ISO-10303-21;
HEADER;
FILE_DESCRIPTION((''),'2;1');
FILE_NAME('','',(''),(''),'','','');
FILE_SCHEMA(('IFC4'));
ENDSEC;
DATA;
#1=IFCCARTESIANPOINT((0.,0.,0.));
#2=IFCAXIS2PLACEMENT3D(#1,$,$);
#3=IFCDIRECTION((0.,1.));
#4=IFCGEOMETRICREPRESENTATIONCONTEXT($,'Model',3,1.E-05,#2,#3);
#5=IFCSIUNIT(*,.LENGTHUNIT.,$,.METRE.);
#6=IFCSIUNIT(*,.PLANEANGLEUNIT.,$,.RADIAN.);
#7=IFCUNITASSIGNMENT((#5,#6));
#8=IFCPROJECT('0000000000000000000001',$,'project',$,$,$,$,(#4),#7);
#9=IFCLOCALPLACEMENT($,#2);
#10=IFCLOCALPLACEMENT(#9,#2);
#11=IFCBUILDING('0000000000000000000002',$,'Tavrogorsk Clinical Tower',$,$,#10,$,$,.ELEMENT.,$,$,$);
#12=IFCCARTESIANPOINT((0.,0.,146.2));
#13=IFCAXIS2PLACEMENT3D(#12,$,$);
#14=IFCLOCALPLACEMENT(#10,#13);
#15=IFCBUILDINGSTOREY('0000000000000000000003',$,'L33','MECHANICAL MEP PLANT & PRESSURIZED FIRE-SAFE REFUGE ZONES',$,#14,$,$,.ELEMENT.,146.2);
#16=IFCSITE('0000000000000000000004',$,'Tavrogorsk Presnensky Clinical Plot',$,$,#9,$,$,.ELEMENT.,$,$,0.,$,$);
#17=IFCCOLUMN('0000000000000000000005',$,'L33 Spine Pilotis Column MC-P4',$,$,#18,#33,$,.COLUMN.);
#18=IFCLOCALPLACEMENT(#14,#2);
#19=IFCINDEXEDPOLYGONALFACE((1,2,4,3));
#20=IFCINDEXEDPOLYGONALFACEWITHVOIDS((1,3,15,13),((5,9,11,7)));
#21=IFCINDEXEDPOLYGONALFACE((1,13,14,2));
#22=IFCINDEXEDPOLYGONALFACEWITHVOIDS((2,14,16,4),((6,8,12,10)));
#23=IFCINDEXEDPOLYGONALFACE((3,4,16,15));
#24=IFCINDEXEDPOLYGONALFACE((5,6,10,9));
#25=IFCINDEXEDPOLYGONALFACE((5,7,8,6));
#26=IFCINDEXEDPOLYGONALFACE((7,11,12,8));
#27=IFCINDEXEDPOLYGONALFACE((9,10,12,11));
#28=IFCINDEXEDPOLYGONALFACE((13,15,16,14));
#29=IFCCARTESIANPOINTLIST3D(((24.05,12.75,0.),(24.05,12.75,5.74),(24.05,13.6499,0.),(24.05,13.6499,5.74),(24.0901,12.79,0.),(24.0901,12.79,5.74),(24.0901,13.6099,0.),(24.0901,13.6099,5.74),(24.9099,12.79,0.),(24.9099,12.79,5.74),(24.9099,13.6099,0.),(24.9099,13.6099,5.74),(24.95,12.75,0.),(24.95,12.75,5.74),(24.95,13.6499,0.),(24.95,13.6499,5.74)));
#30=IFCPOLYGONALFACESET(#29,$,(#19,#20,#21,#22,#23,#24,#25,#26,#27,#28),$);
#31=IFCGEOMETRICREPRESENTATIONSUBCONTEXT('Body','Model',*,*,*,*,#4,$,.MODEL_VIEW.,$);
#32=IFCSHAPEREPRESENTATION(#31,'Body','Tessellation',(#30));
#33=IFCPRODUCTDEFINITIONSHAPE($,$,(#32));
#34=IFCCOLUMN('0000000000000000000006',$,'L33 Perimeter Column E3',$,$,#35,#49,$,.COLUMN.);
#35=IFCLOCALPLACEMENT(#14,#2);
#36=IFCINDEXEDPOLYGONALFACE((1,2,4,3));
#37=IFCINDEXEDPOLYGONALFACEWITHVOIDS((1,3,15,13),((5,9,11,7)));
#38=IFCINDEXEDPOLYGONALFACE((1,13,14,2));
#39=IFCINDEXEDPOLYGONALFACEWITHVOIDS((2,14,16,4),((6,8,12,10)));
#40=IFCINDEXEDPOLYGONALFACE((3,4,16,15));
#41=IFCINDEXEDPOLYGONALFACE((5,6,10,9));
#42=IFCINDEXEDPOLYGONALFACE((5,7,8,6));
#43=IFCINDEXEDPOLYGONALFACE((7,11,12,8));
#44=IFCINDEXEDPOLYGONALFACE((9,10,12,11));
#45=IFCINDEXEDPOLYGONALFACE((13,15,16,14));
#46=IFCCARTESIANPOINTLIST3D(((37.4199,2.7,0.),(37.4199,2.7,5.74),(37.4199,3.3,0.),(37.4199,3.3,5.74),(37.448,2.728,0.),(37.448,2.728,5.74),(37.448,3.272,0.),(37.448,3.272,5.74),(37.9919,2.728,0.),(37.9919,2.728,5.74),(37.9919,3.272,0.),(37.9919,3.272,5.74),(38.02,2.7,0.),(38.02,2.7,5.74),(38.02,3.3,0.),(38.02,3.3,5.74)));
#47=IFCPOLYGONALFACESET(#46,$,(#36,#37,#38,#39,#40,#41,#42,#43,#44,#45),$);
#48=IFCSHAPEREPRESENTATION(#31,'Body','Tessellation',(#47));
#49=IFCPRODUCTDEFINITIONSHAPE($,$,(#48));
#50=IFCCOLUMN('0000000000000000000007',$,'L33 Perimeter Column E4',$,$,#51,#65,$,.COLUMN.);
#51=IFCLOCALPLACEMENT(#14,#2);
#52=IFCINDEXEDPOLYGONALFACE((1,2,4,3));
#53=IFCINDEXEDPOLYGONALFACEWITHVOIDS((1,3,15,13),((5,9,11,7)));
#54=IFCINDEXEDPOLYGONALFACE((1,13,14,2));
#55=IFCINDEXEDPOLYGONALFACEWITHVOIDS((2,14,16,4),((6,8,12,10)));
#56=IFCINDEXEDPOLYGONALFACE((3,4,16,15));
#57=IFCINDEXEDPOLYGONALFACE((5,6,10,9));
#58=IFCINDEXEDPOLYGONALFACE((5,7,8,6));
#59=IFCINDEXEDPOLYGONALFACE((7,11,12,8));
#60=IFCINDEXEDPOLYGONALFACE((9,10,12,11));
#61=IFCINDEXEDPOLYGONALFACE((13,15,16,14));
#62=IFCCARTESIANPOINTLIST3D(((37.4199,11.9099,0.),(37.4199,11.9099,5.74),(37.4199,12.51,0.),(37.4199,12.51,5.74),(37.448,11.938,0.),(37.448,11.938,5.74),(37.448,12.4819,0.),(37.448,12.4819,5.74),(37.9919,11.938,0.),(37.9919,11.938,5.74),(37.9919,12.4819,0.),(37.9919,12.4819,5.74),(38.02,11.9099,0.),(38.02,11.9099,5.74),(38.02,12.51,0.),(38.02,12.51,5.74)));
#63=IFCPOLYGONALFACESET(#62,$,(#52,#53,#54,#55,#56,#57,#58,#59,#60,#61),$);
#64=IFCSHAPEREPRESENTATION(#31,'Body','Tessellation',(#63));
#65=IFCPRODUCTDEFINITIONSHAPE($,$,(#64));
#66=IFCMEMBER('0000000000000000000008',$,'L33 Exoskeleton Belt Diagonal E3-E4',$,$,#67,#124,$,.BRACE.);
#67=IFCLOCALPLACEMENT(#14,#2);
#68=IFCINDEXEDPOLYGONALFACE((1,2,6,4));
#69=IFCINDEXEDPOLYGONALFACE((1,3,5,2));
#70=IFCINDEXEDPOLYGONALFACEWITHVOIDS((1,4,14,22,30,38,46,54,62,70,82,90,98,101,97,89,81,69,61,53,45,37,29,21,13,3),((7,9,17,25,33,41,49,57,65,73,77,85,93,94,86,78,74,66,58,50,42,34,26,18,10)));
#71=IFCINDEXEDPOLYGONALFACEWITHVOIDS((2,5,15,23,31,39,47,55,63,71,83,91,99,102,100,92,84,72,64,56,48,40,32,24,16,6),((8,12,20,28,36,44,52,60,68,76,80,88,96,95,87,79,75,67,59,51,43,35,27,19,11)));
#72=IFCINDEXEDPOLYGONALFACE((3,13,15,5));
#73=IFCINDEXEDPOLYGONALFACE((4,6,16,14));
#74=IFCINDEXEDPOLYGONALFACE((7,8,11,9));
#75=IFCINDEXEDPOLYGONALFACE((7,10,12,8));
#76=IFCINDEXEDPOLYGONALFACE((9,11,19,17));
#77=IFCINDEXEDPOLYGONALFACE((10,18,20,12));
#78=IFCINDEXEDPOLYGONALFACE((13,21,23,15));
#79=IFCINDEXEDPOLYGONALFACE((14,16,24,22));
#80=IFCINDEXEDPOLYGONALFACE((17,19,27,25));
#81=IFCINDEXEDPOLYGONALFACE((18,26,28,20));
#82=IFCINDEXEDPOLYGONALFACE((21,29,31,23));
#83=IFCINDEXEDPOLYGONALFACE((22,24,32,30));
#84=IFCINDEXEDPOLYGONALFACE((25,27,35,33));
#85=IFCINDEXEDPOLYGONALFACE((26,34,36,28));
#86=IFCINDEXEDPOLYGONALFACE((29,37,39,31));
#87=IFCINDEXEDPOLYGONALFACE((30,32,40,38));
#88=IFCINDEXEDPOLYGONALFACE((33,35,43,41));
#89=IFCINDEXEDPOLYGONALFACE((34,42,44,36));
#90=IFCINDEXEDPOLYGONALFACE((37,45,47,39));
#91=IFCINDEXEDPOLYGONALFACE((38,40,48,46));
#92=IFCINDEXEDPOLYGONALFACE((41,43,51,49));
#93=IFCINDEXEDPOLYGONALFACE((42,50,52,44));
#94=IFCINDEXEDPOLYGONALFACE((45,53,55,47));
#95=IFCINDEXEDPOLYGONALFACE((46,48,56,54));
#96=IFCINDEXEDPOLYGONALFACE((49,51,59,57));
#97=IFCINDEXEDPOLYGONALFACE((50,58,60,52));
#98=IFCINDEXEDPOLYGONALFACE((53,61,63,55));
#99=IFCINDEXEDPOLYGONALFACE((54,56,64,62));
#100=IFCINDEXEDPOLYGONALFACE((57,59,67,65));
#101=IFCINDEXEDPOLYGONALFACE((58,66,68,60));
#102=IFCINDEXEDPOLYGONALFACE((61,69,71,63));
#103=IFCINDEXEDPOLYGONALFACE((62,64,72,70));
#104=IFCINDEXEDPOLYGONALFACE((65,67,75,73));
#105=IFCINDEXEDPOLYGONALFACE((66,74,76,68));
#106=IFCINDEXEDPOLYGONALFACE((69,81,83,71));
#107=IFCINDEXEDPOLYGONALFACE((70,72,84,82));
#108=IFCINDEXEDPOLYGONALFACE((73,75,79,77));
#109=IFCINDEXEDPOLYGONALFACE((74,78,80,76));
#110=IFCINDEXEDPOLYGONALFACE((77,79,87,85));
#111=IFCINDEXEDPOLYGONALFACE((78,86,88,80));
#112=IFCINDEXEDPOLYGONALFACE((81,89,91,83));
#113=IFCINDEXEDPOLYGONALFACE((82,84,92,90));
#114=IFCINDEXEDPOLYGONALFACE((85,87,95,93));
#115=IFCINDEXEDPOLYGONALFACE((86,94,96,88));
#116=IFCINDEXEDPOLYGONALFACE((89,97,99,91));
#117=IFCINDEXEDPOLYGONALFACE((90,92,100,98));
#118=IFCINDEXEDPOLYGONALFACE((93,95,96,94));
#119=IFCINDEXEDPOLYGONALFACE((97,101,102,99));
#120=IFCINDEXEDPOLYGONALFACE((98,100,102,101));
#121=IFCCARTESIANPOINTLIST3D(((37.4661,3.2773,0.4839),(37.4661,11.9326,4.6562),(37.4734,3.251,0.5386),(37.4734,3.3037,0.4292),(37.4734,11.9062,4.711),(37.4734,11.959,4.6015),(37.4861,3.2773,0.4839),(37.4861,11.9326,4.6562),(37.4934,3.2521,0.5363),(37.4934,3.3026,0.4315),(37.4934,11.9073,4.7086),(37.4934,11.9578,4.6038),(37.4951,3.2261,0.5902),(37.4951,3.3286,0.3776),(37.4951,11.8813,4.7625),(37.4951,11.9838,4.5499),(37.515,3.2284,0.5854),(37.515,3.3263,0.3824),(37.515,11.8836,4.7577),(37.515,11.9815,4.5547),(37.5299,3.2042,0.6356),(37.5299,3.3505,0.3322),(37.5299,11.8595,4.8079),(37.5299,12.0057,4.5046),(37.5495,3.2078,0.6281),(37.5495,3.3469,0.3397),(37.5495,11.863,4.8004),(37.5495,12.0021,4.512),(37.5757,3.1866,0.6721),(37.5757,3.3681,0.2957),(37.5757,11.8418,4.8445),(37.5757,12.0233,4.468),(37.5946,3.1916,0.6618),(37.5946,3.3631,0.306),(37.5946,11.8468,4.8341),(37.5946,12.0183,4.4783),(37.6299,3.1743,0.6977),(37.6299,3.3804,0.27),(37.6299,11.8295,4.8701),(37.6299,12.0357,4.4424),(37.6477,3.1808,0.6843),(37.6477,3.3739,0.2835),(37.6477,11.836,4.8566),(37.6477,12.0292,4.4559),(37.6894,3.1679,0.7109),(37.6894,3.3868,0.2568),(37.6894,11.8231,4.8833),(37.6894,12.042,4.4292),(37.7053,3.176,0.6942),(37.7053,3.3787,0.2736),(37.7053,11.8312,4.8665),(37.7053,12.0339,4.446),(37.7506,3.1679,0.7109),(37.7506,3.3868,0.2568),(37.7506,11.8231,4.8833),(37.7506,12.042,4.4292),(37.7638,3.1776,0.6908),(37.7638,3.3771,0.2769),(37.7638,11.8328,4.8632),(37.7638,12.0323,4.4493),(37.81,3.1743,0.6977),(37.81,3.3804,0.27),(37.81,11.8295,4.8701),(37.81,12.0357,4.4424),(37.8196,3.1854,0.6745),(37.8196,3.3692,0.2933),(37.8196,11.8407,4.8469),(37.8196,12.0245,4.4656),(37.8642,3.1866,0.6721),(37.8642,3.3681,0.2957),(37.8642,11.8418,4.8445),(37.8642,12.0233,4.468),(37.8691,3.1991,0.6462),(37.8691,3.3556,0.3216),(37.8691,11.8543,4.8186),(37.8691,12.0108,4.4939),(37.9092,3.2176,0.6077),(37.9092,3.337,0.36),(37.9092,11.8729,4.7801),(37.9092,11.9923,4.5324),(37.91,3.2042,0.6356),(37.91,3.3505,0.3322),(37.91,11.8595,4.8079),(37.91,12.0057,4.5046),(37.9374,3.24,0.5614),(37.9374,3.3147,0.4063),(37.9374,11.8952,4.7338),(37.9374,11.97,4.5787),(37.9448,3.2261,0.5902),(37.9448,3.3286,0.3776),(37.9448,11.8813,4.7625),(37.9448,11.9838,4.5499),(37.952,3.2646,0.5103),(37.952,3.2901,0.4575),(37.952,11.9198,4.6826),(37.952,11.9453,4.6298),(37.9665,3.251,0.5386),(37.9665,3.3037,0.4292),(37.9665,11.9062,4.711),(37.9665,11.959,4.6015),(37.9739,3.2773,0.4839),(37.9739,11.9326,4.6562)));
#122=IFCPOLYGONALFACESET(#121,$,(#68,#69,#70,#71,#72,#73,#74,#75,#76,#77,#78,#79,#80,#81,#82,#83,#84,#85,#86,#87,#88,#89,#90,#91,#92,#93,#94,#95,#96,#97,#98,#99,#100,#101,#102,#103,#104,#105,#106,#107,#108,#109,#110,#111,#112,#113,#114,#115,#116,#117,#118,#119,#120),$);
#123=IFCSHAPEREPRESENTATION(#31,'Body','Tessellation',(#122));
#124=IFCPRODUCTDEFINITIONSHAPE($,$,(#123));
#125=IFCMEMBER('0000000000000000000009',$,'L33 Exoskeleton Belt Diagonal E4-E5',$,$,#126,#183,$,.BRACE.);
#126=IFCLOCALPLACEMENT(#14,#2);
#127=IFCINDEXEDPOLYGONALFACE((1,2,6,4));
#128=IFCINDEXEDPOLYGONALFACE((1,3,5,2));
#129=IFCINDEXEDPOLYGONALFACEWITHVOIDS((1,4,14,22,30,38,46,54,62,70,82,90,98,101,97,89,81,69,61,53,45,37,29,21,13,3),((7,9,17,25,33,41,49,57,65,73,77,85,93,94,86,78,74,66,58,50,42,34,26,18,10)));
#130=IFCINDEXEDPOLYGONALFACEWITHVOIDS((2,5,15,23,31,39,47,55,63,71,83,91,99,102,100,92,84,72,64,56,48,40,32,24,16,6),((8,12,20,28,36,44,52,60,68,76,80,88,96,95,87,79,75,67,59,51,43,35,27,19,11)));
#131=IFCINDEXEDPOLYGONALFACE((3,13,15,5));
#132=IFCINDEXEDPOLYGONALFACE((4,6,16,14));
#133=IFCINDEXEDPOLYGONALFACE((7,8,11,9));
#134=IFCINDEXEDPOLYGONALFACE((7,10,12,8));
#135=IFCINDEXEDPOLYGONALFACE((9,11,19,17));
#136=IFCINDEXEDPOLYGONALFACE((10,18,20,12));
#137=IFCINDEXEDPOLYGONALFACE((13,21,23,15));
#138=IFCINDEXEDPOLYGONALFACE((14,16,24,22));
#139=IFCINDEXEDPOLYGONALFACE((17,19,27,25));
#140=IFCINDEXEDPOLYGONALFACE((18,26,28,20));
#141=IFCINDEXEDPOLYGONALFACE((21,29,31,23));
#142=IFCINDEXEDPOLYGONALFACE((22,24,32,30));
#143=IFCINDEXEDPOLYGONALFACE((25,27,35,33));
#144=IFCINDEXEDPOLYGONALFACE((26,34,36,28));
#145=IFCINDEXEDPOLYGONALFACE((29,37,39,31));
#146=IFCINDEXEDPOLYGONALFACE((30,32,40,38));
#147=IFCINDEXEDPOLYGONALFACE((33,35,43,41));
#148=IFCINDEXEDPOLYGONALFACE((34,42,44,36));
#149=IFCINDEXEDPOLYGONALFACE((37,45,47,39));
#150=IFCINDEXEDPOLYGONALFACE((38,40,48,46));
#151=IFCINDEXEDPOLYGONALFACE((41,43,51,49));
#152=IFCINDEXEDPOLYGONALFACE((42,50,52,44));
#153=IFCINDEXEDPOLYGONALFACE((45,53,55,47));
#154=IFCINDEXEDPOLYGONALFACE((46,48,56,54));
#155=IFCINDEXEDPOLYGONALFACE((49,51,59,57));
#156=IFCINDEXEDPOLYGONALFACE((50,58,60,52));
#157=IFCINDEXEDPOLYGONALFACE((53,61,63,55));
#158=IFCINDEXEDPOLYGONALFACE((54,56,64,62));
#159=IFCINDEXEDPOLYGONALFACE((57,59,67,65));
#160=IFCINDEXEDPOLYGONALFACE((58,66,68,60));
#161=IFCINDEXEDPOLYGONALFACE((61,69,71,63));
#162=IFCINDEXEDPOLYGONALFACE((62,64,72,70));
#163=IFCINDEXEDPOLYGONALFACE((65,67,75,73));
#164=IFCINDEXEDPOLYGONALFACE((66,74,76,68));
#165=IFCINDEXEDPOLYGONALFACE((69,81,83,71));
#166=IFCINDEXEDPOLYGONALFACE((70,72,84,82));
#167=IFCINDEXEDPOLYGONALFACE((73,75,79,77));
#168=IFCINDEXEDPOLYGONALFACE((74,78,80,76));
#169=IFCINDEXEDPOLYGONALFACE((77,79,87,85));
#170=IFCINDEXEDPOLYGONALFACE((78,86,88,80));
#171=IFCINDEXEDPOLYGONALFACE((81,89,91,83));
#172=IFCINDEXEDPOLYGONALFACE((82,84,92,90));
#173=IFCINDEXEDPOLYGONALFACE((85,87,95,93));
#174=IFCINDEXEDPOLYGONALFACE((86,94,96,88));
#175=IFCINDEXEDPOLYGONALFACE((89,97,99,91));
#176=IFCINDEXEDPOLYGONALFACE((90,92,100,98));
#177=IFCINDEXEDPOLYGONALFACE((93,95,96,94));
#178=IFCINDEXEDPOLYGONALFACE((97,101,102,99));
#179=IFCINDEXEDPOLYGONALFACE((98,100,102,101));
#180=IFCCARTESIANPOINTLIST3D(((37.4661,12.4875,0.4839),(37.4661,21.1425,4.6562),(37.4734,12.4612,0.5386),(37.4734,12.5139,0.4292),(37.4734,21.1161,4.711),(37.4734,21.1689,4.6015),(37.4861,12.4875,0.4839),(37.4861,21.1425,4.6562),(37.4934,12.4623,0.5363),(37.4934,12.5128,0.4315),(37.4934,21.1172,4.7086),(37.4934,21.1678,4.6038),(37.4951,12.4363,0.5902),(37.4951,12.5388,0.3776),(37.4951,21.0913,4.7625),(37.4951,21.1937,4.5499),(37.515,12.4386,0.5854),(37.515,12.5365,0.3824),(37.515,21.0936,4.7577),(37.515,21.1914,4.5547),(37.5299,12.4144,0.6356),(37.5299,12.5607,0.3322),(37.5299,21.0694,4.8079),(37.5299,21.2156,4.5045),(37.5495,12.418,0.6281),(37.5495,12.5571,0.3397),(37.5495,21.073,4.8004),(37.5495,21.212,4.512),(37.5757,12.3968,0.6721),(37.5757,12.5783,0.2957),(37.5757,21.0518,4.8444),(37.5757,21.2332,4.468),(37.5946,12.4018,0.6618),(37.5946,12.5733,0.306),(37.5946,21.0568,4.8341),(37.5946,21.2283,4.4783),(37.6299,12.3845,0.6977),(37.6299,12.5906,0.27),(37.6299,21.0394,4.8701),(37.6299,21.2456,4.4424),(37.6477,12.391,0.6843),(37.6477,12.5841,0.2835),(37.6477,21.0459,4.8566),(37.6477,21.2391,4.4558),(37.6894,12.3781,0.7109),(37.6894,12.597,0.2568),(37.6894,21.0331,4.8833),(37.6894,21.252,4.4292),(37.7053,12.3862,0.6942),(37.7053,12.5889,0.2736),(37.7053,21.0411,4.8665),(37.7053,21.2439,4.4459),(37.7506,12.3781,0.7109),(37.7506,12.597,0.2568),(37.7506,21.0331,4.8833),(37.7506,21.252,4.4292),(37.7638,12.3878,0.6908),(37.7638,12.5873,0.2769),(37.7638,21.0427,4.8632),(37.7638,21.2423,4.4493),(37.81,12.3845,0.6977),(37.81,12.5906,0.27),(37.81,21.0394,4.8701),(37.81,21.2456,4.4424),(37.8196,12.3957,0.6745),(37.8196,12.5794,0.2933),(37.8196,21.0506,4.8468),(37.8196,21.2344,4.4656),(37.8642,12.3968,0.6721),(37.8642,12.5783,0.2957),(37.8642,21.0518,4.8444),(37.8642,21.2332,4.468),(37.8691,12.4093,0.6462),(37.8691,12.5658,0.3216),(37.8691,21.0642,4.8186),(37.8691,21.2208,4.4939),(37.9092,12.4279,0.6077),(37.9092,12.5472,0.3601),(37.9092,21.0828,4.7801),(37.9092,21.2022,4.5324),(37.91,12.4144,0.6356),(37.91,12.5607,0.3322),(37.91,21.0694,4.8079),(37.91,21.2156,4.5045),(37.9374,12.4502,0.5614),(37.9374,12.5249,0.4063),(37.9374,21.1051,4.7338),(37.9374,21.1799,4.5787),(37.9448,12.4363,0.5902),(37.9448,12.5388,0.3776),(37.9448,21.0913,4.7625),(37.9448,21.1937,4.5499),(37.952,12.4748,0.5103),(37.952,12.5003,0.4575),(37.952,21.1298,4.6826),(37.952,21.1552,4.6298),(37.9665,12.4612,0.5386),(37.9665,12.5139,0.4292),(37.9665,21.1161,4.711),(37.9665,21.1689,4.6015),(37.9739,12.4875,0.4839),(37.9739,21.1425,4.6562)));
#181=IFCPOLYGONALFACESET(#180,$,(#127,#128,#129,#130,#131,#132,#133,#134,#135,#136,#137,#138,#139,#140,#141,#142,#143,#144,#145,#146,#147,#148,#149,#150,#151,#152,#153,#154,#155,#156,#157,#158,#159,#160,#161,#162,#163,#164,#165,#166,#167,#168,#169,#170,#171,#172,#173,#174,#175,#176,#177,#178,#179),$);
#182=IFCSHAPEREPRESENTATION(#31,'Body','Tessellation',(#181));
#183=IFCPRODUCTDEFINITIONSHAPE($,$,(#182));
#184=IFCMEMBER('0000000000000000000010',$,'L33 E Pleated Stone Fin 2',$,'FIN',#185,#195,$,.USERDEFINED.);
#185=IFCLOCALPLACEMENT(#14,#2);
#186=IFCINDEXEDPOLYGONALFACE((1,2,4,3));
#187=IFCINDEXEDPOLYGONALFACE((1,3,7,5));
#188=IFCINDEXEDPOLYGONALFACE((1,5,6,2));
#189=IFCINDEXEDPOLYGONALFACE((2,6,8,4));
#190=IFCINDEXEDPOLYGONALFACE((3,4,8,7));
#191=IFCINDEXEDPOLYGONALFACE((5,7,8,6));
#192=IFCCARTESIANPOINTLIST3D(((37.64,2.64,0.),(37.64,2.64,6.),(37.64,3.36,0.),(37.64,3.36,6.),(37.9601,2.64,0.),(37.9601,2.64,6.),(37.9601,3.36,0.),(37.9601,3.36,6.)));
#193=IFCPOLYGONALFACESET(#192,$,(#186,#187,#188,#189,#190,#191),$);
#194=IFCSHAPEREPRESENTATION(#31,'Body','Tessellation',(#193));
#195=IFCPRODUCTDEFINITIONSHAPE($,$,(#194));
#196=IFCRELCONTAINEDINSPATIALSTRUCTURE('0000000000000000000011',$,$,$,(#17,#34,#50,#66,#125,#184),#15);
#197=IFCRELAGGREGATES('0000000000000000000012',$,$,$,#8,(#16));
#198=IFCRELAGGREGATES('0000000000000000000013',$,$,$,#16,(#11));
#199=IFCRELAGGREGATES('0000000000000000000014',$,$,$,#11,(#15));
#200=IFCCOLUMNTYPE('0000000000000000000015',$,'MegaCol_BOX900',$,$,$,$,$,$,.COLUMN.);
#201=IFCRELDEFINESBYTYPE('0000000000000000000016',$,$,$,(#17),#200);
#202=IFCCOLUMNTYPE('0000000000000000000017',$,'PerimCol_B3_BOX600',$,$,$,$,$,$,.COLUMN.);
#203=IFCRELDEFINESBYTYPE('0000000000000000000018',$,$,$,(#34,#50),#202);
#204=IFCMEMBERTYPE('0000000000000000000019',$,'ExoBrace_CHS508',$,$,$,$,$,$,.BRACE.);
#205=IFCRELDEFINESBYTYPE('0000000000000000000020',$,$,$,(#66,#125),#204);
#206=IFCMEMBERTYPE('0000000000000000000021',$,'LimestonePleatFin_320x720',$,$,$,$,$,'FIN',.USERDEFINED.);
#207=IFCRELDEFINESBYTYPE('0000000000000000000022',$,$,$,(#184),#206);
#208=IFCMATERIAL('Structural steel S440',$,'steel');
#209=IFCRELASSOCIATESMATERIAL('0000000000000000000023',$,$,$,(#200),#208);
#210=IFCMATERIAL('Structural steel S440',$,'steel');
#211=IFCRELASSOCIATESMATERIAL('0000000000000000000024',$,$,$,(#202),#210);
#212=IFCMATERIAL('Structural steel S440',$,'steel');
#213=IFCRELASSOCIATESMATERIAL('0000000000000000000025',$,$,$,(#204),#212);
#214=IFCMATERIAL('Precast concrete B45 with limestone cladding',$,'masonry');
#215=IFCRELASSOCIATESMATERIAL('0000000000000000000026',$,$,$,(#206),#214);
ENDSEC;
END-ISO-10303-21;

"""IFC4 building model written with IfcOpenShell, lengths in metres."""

from ifc_helpers import new_model, si_unit, direction, frame, origin, origin_2d, place, context, subcontext, project, spatial, rectangle, hollow_rectangle, hollow_circle, extrude, material, material_profile, profile_set, type_object, element, save


model = new_model("IFC4")

# Units and contexts
model_context = context("Model", 3, precision=1e-05, world=origin(), true_north=direction((0.0, 1.0)))
body_context = subcontext(model_context, "Body", "Model", "MODEL_VIEW")
ifc_project = project(units=[si_unit("LENGTHUNIT", "METRE"), si_unit("PLANEANGLEUNIT", "RADIAN")], contexts=[model_context])

# Site, building, storey
site_placement = place(None, origin())
site = spatial("IfcSite", under=ifc_project, at=site_placement, Name="Tavrogorsk Presnensky Clinical Plot", CompositionType="ELEMENT", RefElevation=0.0)
building_placement = place(site_placement, origin())
building = spatial("IfcBuilding", under=site, at=building_placement, Name="Tavrogorsk Clinical Tower", CompositionType="ELEMENT")
storey_placement = place(building_placement, frame((0.0, 0.0, 146.2)))
storey = spatial("IfcBuildingStorey", under=building, at=storey_placement, Name="L33", Description="MECHANICAL MEP PLANT & PRESSURIZED FIRE-SAFE REFUGE ZONES", CompositionType="ELEMENT", Elevation=146.2)

# Columns
ifc_material_1 = material(Name="Structural steel S440", Category="steel")
ifc_material_profile_1 = material_profile(ifc_material_1, hollow_rectangle(XDim=0.8999, YDim=0.8999, WallThickness=0.04, at=origin_2d()), Name="BOX-900x900x40")
ifc_profile_set_1 = profile_set([ifc_material_profile_1], Name="Structural steel S440")
column_type_1 = type_object("IfcColumnType", Name="MegaCol_BOX900", PredefinedType="COLUMN", material=ifc_profile_set_1)
column_placement = place(storey_placement, frame((24.5, 13.2, 0.0), z_axis=(0.0, 0.0, 1.0), x_axis=(1.0, 0.0, 0.0)))
element("IfcColumn", 1, at=column_placement, inside=storey, type_object=column_type_1, Name="L33 Spine Pilotis Column MC-P4", PredefinedType="COLUMN", context=body_context, shape_type="SweptSolid", body=[
    extrude(hollow_rectangle(XDim=0.8999, YDim=0.8999, WallThickness=0.04, at=origin_2d()), origin(), (0.0, 0.0, 1.0), 5.74),
])
ifc_material_2 = material(Name="Structural steel S440", Category="steel")
ifc_material_profile_2 = material_profile(ifc_material_2, hollow_rectangle(XDim=0.6001, YDim=0.6001, WallThickness=0.0281, at=origin_2d()), Name="BOX-600x600x28")
ifc_profile_set_2 = profile_set([ifc_material_profile_2], Name="Structural steel S440")
column_type_2 = type_object("IfcColumnType", Name="PerimCol_B3_BOX600", PredefinedType="COLUMN", material=ifc_profile_set_2)
for number, where, z_axis, x_axis, name in (
    (2, (37.72, 3.0, 0.0), (0.0, 0.0, 1.0), (1.0, 0.0, 0.0), "L33 Perimeter Column E3"),
    (3, (37.72, 12.21, 0.0), (0.0, 0.0, 1.0), (1.0, 0.0, 0.0), "L33 Perimeter Column E4"),
):
    element("IfcColumn", number, at=place(storey_placement, frame(where, z_axis=z_axis, x_axis=x_axis)), inside=storey, type_object=column_type_2, Name=name, PredefinedType="COLUMN", context=body_context, shape_type="SweptSolid", body=[
        extrude(hollow_rectangle(XDim=0.6001, YDim=0.6001, WallThickness=0.0281, at=origin_2d()), origin(), (0.0, 0.0, 1.0), 5.74),
    ])

# Members
ifc_material_3 = material(Name="Structural steel S440", Category="steel")
ifc_material_profile_3 = material_profile(ifc_material_3, hollow_circle(Radius=0.2539, WallThickness=0.02, at=origin_2d()), Name="CHS-508x20")
ifc_profile_set_3 = profile_set([ifc_material_profile_3], Name="Structural steel S440")
member_type_1 = type_object("IfcMemberType", Name="ExoBrace_CHS508", PredefinedType="BRACE", material=ifc_profile_set_3)
member_1_placement = place(storey_placement, frame((37.72, 3.2773, 0.4839), z_axis=(0.0, 0.900798, 0.434239), x_axis=(-1.0, 0.0, 0.0)))
element("IfcMember", 4, at=member_1_placement, inside=storey, type_object=member_type_1, Name="L33 Exoskeleton Belt Diagonal E3-E4", PredefinedType="BRACE", context=body_context, shape_type="SweptSolid", body=[
    extrude(hollow_circle(Radius=0.2539, WallThickness=0.02, at=origin_2d()), origin(), (0.0, 0.0, 1.0), 9.6084),
])
member_2_placement = place(storey_placement, frame((37.72, 12.4875, 0.4839), z_axis=(0.0, 0.900793, 0.434249), x_axis=(-1.0, 0.0, 0.0)))
element("IfcMember", 5, at=member_2_placement, inside=storey, type_object=member_type_1, Name="L33 Exoskeleton Belt Diagonal E4-E5", PredefinedType="BRACE", context=body_context, shape_type="SweptSolid", body=[
    extrude(hollow_circle(Radius=0.2539, WallThickness=0.02, at=origin_2d()), origin(), (0.0, 0.0, 1.0), 9.6082),
])
ifc_material_4 = material(Name="Precast concrete B45 with limestone cladding", Category="masonry")
ifc_material_profile_4 = material_profile(ifc_material_4, rectangle(XDim=0.3201, YDim=0.72, at=origin_2d()), Name="LIMESTONE-FIN-320x720")
ifc_profile_set_4 = profile_set([ifc_material_profile_4], Name="Precast concrete B45 with limestone cladding")
member_type_2 = type_object("IfcMemberType", Name="LimestonePleatFin_320x720", ElementType="FIN", PredefinedType="USERDEFINED", material=ifc_profile_set_4)
for number, where, z_axis, x_axis, name in (
    (6, (37.8, 3.0, 0.0), (0.0, 0.0, 1.0), (1.0, 0.0, 0.0), "L33 E Pleated Stone Fin 2"),
):
    element("IfcMember", number, at=place(storey_placement, frame(where, z_axis=z_axis, x_axis=x_axis)), inside=storey, type_object=member_type_2, Name=name, ObjectType="FIN", PredefinedType="USERDEFINED", context=body_context, shape_type="SweptSolid", body=[
        extrude(rectangle(XDim=0.3201, YDim=0.72, at=origin_2d()), origin(), (0.0, 0.0, 1.0), 6.0),
    ])

save(model, "model.ifc")
